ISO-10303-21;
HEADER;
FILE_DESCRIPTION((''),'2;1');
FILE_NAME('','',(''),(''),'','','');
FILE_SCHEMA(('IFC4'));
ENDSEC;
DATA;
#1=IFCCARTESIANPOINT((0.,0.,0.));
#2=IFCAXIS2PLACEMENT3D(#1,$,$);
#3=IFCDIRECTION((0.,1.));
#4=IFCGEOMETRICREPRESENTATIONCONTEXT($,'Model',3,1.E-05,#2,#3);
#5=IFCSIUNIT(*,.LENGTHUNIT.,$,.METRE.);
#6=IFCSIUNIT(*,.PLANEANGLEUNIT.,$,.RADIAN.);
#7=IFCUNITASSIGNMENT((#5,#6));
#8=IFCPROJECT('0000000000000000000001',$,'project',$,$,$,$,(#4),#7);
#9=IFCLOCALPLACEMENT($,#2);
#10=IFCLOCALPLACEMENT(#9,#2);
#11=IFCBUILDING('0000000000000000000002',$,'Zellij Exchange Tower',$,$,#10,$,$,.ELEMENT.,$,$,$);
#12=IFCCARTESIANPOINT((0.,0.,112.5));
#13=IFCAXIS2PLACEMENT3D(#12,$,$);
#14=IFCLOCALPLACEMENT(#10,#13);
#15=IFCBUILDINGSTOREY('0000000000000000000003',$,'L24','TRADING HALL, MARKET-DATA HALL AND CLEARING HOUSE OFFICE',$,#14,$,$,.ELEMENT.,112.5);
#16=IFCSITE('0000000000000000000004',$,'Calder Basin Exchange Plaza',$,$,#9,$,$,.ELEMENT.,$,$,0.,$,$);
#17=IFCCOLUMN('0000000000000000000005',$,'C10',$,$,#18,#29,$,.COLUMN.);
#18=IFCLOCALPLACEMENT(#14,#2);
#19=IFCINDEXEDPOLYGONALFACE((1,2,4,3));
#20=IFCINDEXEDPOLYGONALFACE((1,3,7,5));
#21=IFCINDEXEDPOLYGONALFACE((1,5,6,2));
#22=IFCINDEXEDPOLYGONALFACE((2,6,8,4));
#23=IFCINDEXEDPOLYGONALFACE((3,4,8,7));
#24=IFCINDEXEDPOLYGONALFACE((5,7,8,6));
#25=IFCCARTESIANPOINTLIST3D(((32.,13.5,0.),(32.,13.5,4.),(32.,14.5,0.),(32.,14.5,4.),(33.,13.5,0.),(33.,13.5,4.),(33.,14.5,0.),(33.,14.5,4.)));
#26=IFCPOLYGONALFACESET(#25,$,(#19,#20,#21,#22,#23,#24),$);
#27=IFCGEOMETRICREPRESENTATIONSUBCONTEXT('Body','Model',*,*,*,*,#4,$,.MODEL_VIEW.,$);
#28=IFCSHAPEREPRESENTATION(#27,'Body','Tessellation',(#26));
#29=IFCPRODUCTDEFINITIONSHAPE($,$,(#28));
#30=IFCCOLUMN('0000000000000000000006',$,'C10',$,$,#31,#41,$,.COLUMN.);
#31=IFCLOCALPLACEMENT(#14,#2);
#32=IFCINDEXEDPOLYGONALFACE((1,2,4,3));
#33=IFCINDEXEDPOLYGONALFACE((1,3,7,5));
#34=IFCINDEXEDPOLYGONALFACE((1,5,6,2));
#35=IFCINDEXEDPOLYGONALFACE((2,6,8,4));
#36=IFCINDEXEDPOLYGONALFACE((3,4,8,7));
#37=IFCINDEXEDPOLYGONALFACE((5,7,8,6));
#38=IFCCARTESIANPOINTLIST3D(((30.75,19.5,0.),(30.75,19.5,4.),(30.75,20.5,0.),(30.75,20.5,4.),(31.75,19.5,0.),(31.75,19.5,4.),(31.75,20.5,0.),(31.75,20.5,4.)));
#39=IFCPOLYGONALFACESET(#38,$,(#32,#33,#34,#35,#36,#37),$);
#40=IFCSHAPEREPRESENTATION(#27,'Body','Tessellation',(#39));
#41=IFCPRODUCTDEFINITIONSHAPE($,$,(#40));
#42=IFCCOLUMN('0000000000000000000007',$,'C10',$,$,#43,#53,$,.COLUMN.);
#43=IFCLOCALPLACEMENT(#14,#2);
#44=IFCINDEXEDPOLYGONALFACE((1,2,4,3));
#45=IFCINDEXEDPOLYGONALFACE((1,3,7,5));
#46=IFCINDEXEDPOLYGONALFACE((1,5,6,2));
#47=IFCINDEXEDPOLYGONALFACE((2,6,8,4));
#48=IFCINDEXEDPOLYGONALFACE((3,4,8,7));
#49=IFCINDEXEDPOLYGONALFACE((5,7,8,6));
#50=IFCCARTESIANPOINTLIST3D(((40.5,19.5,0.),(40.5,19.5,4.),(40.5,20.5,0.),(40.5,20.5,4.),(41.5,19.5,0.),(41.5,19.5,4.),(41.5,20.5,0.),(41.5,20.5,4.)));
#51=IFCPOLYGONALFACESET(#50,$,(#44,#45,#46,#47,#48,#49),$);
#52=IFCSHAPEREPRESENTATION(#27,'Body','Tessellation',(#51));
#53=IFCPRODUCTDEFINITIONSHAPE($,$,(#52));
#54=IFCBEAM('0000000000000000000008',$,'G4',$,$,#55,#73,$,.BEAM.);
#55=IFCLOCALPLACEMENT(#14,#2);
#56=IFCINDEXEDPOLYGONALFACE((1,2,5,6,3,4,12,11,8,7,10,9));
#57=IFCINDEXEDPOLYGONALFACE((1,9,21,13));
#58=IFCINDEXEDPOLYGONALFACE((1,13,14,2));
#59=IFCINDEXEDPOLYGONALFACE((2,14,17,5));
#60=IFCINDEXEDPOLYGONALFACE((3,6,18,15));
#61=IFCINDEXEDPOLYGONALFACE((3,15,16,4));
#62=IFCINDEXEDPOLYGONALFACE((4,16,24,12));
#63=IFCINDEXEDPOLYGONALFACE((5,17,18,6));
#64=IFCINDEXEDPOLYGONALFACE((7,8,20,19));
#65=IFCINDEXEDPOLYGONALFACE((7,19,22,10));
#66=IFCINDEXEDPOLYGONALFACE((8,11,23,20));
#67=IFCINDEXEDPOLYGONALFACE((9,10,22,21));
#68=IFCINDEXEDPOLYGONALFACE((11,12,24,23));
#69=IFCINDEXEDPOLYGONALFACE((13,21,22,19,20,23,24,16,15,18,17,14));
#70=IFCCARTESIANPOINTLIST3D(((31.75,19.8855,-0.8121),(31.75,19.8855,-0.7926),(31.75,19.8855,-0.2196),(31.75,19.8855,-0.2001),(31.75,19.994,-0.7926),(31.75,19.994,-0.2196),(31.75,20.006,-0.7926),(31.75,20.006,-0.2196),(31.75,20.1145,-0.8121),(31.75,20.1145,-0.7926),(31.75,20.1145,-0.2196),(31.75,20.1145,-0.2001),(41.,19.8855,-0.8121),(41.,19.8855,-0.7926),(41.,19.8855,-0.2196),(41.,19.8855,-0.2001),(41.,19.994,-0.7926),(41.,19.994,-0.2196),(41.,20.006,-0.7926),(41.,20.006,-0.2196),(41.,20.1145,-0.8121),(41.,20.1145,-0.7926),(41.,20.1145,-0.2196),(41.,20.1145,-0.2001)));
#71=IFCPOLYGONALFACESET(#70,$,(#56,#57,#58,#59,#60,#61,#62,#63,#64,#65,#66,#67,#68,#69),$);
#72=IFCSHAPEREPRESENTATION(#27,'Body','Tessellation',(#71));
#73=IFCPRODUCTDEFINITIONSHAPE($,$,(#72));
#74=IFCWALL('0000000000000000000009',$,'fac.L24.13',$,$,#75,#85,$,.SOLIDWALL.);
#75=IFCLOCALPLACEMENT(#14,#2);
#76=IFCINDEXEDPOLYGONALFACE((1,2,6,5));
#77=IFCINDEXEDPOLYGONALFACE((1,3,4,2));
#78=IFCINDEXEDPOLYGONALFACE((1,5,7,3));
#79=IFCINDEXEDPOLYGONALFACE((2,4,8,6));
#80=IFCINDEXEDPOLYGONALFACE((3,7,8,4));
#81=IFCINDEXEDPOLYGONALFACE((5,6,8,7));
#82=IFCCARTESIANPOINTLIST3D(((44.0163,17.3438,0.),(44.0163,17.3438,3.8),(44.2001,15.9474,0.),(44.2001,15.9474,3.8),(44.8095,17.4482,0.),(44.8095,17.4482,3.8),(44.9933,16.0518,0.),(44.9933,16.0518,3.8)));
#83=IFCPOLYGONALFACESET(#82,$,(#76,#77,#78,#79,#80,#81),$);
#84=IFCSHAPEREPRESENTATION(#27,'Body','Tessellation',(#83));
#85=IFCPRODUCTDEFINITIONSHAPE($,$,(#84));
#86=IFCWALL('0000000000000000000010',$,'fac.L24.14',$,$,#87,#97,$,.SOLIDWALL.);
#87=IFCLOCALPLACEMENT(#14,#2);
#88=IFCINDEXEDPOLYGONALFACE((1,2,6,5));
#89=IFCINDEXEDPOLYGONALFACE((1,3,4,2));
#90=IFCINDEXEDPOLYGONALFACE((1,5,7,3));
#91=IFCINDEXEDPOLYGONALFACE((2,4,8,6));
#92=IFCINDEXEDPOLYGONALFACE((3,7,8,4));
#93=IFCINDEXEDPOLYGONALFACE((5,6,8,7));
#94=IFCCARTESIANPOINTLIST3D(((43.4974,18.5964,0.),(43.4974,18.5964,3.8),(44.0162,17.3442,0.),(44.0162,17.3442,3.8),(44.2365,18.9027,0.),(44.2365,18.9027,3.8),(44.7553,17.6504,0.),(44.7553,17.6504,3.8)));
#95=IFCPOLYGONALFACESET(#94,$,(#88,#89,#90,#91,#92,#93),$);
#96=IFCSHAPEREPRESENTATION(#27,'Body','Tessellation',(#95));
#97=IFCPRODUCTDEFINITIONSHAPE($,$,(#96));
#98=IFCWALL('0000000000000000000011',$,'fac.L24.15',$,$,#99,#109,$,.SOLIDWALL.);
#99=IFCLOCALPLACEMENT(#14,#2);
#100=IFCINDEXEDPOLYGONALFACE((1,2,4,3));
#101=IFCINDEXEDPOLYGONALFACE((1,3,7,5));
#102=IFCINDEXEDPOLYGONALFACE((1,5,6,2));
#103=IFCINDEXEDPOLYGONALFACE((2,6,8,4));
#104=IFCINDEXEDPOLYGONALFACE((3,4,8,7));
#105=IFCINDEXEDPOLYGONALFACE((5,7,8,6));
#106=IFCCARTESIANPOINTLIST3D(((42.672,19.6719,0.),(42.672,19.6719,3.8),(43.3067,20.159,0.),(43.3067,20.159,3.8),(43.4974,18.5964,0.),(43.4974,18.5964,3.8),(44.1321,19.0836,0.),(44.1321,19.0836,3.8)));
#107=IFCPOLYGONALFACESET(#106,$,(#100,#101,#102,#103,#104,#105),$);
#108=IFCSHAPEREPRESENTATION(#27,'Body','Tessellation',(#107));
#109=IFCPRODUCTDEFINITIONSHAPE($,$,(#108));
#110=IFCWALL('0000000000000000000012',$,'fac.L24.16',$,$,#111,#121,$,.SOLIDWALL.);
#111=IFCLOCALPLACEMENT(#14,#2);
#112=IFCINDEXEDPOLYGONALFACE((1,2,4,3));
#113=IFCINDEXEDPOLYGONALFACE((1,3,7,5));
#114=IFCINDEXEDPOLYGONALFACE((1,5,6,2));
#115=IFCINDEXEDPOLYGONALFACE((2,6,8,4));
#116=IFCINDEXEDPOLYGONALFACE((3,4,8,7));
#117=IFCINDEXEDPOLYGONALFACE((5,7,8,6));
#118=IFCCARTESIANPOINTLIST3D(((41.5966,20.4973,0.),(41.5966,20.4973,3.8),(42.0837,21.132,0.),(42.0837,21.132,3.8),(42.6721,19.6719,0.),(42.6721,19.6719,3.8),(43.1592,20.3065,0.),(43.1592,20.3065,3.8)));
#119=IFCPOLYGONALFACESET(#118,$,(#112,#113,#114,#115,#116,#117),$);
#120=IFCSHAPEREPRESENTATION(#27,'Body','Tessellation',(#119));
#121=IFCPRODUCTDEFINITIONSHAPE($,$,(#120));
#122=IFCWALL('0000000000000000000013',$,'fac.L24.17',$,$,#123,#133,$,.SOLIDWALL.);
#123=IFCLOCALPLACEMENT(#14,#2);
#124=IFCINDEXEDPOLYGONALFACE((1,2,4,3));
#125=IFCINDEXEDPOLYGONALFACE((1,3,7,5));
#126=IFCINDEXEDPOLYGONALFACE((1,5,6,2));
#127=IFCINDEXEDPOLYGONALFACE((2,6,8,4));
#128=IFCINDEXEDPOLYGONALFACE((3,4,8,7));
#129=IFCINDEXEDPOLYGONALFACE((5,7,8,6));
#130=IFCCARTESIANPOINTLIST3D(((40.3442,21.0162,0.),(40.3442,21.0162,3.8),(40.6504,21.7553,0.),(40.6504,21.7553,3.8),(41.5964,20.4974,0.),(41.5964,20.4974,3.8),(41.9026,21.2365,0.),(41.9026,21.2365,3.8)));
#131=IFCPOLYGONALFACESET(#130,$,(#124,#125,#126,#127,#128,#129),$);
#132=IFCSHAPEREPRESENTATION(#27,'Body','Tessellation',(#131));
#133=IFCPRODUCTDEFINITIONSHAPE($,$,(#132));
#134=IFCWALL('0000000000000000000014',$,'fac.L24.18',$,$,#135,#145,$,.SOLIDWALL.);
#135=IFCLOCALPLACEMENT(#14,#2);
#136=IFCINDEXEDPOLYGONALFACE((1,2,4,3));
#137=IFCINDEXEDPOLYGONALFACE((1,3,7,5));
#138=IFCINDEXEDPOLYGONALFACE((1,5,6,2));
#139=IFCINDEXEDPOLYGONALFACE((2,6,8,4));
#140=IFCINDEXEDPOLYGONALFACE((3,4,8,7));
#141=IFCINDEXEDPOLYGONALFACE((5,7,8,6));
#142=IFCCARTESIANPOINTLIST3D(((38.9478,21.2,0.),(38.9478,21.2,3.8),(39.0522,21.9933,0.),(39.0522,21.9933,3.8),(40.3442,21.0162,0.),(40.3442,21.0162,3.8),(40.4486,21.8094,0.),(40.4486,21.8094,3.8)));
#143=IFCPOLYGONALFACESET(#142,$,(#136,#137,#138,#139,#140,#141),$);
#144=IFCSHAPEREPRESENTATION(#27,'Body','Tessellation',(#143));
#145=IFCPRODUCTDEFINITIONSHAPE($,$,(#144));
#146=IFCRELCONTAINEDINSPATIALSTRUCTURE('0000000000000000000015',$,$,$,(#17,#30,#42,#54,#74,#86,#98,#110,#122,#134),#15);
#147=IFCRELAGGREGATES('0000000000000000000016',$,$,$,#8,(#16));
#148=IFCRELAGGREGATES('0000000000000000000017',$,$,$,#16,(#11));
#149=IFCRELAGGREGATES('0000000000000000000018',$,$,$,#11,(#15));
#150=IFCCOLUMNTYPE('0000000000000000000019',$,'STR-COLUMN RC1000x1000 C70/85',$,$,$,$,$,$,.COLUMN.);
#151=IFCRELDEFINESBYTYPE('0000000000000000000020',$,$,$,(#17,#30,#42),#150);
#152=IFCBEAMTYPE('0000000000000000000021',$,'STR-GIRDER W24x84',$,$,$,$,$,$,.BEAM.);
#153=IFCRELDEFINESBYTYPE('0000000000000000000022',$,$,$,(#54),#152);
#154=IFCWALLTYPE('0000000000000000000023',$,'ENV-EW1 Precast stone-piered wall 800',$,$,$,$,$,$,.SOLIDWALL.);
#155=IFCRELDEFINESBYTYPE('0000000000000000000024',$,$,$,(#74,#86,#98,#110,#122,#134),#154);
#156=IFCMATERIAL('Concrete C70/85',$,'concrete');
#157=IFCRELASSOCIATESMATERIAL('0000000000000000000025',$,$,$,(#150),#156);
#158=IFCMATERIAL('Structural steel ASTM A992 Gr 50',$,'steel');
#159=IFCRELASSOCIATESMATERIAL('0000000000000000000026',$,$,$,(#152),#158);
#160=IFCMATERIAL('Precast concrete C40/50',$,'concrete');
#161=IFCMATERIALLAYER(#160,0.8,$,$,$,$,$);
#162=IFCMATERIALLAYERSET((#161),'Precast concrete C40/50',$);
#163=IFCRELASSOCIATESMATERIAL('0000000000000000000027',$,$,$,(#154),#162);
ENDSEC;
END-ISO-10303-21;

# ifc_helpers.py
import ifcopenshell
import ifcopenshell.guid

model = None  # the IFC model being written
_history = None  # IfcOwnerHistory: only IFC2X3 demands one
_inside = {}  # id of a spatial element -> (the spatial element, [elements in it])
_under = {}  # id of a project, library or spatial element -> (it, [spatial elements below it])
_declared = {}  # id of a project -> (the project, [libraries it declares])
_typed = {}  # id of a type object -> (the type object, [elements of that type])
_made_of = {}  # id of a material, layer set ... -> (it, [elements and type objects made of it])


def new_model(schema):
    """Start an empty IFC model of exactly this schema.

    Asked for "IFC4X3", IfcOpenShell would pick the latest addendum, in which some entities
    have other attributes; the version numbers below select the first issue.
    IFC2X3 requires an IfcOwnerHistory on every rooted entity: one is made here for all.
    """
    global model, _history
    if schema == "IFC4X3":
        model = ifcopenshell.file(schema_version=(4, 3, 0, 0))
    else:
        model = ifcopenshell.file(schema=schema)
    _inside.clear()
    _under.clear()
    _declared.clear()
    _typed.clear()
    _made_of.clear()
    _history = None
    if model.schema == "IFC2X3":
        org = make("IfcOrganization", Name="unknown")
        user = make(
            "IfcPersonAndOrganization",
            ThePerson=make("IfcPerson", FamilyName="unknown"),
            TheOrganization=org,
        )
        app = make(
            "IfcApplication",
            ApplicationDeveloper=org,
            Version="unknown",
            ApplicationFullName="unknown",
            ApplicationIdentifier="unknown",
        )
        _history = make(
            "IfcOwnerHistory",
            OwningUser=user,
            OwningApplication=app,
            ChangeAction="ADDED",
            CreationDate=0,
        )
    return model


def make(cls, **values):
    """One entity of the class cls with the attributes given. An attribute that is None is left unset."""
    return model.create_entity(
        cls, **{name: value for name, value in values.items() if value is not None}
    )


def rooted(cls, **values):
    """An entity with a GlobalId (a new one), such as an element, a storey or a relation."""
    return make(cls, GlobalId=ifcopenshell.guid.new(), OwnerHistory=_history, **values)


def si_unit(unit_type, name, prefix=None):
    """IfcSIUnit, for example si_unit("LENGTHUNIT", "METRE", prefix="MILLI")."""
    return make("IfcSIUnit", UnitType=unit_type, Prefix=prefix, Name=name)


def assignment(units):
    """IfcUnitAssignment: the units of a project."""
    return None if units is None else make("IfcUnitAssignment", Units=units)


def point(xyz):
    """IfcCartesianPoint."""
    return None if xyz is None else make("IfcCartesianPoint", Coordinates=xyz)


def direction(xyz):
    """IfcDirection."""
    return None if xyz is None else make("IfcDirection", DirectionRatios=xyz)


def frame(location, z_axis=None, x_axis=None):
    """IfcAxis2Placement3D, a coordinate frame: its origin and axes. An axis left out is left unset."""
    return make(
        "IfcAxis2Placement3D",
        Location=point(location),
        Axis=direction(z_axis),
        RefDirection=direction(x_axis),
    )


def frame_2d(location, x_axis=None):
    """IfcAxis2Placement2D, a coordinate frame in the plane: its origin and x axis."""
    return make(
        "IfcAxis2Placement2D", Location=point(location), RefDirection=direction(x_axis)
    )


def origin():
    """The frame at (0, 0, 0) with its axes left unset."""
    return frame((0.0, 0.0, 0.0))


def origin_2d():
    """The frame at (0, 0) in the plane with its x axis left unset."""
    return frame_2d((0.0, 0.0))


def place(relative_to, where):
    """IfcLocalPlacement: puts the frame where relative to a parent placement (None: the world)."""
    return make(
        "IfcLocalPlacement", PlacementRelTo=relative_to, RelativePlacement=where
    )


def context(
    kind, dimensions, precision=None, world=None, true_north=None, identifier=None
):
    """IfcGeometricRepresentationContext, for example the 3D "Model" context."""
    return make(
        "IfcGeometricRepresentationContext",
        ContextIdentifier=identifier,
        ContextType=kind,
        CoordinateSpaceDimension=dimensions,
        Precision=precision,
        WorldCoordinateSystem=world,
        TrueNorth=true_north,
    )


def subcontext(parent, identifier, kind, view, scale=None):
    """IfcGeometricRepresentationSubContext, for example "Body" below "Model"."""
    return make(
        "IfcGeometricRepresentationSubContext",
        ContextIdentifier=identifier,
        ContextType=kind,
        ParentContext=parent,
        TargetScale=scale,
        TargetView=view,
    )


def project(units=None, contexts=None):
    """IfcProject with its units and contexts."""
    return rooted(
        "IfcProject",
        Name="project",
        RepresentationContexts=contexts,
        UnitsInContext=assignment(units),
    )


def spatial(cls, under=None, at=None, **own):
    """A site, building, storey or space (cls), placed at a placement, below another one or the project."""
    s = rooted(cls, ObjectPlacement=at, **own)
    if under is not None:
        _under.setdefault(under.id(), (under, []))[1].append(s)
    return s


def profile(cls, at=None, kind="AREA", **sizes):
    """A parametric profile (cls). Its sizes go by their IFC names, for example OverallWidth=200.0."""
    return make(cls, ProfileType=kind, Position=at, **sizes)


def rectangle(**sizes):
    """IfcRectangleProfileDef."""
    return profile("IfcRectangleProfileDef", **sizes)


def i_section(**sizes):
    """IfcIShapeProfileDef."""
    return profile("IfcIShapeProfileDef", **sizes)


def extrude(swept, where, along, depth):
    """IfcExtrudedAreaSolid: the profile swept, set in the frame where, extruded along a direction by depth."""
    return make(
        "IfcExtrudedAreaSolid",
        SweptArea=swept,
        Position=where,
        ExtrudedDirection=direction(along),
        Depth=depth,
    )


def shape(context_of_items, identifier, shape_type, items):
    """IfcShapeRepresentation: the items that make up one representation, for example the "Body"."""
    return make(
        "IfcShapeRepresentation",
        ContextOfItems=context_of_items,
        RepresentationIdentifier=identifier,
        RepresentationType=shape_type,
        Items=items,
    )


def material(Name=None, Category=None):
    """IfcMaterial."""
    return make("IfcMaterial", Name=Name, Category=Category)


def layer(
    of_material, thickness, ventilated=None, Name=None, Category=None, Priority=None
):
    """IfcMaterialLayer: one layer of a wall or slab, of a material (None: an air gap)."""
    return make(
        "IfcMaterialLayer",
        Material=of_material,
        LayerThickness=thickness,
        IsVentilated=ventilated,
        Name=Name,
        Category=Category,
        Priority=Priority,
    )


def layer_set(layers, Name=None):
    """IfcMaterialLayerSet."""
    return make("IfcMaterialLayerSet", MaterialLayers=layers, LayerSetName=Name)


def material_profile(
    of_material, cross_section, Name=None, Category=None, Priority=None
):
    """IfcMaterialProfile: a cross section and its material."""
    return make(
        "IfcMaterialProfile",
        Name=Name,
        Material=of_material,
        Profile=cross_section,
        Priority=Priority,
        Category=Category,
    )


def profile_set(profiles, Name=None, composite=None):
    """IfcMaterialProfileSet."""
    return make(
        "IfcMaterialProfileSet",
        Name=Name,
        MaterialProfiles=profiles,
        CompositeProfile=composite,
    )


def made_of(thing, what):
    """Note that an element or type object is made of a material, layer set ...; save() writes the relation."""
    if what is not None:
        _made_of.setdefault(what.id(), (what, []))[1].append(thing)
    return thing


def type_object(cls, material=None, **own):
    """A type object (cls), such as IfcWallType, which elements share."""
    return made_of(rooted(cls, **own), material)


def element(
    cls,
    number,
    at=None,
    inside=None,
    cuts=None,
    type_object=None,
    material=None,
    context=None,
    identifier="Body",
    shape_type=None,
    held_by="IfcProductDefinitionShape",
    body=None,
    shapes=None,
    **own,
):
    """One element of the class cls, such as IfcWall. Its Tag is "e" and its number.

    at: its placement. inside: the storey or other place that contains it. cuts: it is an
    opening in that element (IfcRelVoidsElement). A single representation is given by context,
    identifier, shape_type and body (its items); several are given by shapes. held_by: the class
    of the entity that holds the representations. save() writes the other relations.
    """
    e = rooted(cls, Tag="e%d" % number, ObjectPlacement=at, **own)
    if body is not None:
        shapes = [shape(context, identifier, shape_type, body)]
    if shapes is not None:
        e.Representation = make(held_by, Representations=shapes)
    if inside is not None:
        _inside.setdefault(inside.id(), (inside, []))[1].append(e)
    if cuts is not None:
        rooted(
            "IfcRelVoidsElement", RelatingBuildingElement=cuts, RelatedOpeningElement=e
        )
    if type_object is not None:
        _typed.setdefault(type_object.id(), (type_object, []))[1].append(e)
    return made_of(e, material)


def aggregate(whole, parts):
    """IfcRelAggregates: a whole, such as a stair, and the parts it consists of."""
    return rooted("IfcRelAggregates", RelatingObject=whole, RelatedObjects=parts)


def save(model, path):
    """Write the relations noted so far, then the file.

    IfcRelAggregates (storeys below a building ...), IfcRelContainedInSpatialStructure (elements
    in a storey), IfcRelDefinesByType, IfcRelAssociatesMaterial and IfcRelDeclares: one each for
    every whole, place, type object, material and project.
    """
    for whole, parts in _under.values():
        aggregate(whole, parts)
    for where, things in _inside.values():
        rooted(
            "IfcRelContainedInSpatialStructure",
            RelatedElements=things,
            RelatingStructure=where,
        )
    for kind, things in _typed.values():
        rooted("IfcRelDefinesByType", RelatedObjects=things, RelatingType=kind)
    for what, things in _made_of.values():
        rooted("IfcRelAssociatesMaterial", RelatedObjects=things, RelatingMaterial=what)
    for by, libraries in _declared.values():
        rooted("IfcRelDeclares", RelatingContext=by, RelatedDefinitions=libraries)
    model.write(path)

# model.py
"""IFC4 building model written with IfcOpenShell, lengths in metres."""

from ifc_helpers import new_model, si_unit, direction, frame, frame_2d, origin, origin_2d, place, context, subcontext, project, spatial, rectangle, i_section, extrude, material, layer, layer_set, material_profile, profile_set, type_object, element, save


model = new_model("IFC4")

# Units and contexts
model_context = context("Model", 3, precision=1e-05, world=origin(), true_north=direction((0.0, 1.0)))
body_context = subcontext(model_context, "Body", "Model", "MODEL_VIEW")
ifc_project = project(units=[si_unit("LENGTHUNIT", "METRE"), si_unit("PLANEANGLEUNIT", "RADIAN")], contexts=[model_context])

# Site, building, storey
site_placement = place(None, origin())
site = spatial("IfcSite", under=ifc_project, at=site_placement, Name="Calder Basin Exchange Plaza", CompositionType="ELEMENT", RefElevation=0.0)
building_placement = place(site_placement, origin())
building = spatial("IfcBuilding", under=site, at=building_placement, Name="Zellij Exchange Tower", CompositionType="ELEMENT")
storey_placement = place(building_placement, frame((0.0, 0.0, 112.5)))
storey = spatial("IfcBuildingStorey", under=building, at=storey_placement, Name="L24", Description="TRADING HALL, MARKET-DATA HALL AND CLEARING HOUSE OFFICE", CompositionType="ELEMENT", Elevation=112.5)

# Columns
ifc_material_1 = material(Name="Concrete C70/85", Category="concrete")
ifc_material_profile_1 = material_profile(ifc_material_1, rectangle(XDim=1.0, YDim=1.0, at=origin_2d()), Name="STR-COLUMN RC1000x1000 C70/85")
ifc_profile_set_1 = profile_set([ifc_material_profile_1], Name="Concrete C70/85")
column_type = type_object("IfcColumnType", Name="STR-COLUMN RC1000x1000 C70/85", PredefinedType="COLUMN", material=ifc_profile_set_1)
for number, where, z_axis, x_axis, name in (
    (1, (32.5, 14.0, 0.0), (0.0, 0.0, 1.0), (1.0, 0.0, 0.0), "C10"),
    (2, (31.25, 20.0, 0.0), (0.0, 0.0, 1.0), (1.0, 0.0, 0.0), "C10"),
    (3, (41.0, 20.0, 0.0), (0.0, 0.0, 1.0), (1.0, 0.0, 0.0), "C10"),
):
    element("IfcColumn", number, at=place(storey_placement, frame(where, z_axis=z_axis, x_axis=x_axis)), inside=storey, type_object=column_type, Name=name, PredefinedType="COLUMN", context=body_context, shape_type="SweptSolid", body=[
        extrude(rectangle(XDim=1.0, YDim=1.0, at=origin_2d()), origin(), (0.0, 0.0, 1.0), 4.0),
    ])

# Beam
ifc_material_2 = material(Name="Structural steel ASTM A992 Gr 50", Category="steel")
ifc_material_profile_2 = material_profile(ifc_material_2, i_section(OverallWidth=0.229, OverallDepth=0.6121, WebThickness=0.012, FlangeThickness=0.0195, at=origin_2d()), Name="W24x84")
ifc_profile_set_2 = profile_set([ifc_material_profile_2], Name="Structural steel ASTM A992 Gr 50")
beam_type = type_object("IfcBeamType", Name="STR-GIRDER W24x84", PredefinedType="BEAM", material=ifc_profile_set_2)
beam_placement = place(storey_placement, frame((31.75, 20.0, -0.5061), z_axis=(1.0, 0.0, 0.0), x_axis=(0.0, 1.0, 0.0)))
element("IfcBeam", 4, at=beam_placement, inside=storey, type_object=beam_type, Name="G4", PredefinedType="BEAM", context=body_context, shape_type="SweptSolid", body=[
    extrude(i_section(OverallWidth=0.229, OverallDepth=0.6121, WebThickness=0.012, FlangeThickness=0.0195, at=origin_2d()), origin(), (0.0, 0.0, 1.0), 9.25),
])

# Walls
ifc_material_3 = material(Name="Precast concrete C40/50", Category="concrete")
ifc_layer = layer(ifc_material_3, 0.8)
ifc_layer_set = layer_set([ifc_layer], Name="Precast concrete C40/50")
wall_type = type_object("IfcWallType", Name="ENV-EW1 Precast stone-piered wall 800", PredefinedType="SOLIDWALL", material=ifc_layer_set)
wall_1_placement = place(storey_placement, frame((44.5967, 15.9998, 0.0), z_axis=(0.0, 0.0, 1.0), x_axis=(-0.130517, 0.991446, 0.0)))
element("IfcWall", 5, at=wall_1_placement, inside=storey, type_object=wall_type, Name="fac.L24.13", PredefinedType="SOLIDWALL", context=body_context, shape_type="SweptSolid", body=[
    extrude(rectangle(XDim=1.4084, YDim=0.8, at=frame_2d((0.7041, 0.0))), origin(), (0.0, 0.0, 1.0), 3.8),
])
wall_2_placement = place(storey_placement, frame((44.3857, 17.4973, 0.0), z_axis=(0.0, 0.0, 1.0), x_axis=(-0.38276, 0.923848, 0.0)))
element("IfcWall", 6, at=wall_2_placement, inside=storey, type_object=wall_type, Name="fac.L24.14", PredefinedType="SOLIDWALL", context=body_context, shape_type="SweptSolid", body=[
    extrude(rectangle(XDim=1.3555, YDim=0.8, at=frame_2d((0.6777, 0.0))), origin(), (0.0, 0.0, 1.0), 3.8),
])
for number, where, z_axis, x_axis, name in (
    (7, (43.8147, 18.8401, 0.0), (0.0, 0.0, 1.0), (-0.608866, 0.793273, 0.0), "fac.L24.15"),
    (8, (42.9155, 19.9893, 0.0), (0.0, 0.0, 1.0), (-0.793273, 0.608866, 0.0), "fac.L24.16"),
):
    element("IfcWall", number, at=place(storey_placement, frame(where, z_axis=z_axis, x_axis=x_axis)), inside=storey, type_object=wall_type, Name=name, PredefinedType="SOLIDWALL", context=body_context, shape_type="SweptSolid", body=[
        extrude(rectangle(XDim=1.3557, YDim=0.8, at=frame_2d((0.6777, 0.0))), origin(), (0.0, 0.0, 1.0), 3.8),
    ])
wall_3_placement = place(storey_placement, frame((41.7495, 20.8669, 0.0), z_axis=(0.0, 0.0, 1.0), x_axis=(-0.923848, 0.38276, 0.0)))
element("IfcWall", 9, at=wall_3_placement, inside=storey, type_object=wall_type, Name="fac.L24.17", PredefinedType="SOLIDWALL", context=body_context, shape_type="SweptSolid", body=[
    extrude(rectangle(XDim=1.3555, YDim=0.8, at=frame_2d((0.6777, 0.0))), origin(), (0.0, 0.0, 1.0), 3.8),
])
wall_4_placement = place(storey_placement, frame((40.3962, 21.4128, 0.0), z_axis=(0.0, 0.0, 1.0), x_axis=(-0.991446, 0.130517, 0.0)))
element("IfcWall", 10, at=wall_4_placement, inside=storey, type_object=wall_type, Name="fac.L24.18", PredefinedType="SOLIDWALL", context=body_context, shape_type="SweptSolid", body=[
    extrude(rectangle(XDim=1.4084, YDim=0.8, at=frame_2d((0.7041, 0.0))), origin(), (0.0, 0.0, 1.0), 3.8),
])

save(model, "model.ifc")
